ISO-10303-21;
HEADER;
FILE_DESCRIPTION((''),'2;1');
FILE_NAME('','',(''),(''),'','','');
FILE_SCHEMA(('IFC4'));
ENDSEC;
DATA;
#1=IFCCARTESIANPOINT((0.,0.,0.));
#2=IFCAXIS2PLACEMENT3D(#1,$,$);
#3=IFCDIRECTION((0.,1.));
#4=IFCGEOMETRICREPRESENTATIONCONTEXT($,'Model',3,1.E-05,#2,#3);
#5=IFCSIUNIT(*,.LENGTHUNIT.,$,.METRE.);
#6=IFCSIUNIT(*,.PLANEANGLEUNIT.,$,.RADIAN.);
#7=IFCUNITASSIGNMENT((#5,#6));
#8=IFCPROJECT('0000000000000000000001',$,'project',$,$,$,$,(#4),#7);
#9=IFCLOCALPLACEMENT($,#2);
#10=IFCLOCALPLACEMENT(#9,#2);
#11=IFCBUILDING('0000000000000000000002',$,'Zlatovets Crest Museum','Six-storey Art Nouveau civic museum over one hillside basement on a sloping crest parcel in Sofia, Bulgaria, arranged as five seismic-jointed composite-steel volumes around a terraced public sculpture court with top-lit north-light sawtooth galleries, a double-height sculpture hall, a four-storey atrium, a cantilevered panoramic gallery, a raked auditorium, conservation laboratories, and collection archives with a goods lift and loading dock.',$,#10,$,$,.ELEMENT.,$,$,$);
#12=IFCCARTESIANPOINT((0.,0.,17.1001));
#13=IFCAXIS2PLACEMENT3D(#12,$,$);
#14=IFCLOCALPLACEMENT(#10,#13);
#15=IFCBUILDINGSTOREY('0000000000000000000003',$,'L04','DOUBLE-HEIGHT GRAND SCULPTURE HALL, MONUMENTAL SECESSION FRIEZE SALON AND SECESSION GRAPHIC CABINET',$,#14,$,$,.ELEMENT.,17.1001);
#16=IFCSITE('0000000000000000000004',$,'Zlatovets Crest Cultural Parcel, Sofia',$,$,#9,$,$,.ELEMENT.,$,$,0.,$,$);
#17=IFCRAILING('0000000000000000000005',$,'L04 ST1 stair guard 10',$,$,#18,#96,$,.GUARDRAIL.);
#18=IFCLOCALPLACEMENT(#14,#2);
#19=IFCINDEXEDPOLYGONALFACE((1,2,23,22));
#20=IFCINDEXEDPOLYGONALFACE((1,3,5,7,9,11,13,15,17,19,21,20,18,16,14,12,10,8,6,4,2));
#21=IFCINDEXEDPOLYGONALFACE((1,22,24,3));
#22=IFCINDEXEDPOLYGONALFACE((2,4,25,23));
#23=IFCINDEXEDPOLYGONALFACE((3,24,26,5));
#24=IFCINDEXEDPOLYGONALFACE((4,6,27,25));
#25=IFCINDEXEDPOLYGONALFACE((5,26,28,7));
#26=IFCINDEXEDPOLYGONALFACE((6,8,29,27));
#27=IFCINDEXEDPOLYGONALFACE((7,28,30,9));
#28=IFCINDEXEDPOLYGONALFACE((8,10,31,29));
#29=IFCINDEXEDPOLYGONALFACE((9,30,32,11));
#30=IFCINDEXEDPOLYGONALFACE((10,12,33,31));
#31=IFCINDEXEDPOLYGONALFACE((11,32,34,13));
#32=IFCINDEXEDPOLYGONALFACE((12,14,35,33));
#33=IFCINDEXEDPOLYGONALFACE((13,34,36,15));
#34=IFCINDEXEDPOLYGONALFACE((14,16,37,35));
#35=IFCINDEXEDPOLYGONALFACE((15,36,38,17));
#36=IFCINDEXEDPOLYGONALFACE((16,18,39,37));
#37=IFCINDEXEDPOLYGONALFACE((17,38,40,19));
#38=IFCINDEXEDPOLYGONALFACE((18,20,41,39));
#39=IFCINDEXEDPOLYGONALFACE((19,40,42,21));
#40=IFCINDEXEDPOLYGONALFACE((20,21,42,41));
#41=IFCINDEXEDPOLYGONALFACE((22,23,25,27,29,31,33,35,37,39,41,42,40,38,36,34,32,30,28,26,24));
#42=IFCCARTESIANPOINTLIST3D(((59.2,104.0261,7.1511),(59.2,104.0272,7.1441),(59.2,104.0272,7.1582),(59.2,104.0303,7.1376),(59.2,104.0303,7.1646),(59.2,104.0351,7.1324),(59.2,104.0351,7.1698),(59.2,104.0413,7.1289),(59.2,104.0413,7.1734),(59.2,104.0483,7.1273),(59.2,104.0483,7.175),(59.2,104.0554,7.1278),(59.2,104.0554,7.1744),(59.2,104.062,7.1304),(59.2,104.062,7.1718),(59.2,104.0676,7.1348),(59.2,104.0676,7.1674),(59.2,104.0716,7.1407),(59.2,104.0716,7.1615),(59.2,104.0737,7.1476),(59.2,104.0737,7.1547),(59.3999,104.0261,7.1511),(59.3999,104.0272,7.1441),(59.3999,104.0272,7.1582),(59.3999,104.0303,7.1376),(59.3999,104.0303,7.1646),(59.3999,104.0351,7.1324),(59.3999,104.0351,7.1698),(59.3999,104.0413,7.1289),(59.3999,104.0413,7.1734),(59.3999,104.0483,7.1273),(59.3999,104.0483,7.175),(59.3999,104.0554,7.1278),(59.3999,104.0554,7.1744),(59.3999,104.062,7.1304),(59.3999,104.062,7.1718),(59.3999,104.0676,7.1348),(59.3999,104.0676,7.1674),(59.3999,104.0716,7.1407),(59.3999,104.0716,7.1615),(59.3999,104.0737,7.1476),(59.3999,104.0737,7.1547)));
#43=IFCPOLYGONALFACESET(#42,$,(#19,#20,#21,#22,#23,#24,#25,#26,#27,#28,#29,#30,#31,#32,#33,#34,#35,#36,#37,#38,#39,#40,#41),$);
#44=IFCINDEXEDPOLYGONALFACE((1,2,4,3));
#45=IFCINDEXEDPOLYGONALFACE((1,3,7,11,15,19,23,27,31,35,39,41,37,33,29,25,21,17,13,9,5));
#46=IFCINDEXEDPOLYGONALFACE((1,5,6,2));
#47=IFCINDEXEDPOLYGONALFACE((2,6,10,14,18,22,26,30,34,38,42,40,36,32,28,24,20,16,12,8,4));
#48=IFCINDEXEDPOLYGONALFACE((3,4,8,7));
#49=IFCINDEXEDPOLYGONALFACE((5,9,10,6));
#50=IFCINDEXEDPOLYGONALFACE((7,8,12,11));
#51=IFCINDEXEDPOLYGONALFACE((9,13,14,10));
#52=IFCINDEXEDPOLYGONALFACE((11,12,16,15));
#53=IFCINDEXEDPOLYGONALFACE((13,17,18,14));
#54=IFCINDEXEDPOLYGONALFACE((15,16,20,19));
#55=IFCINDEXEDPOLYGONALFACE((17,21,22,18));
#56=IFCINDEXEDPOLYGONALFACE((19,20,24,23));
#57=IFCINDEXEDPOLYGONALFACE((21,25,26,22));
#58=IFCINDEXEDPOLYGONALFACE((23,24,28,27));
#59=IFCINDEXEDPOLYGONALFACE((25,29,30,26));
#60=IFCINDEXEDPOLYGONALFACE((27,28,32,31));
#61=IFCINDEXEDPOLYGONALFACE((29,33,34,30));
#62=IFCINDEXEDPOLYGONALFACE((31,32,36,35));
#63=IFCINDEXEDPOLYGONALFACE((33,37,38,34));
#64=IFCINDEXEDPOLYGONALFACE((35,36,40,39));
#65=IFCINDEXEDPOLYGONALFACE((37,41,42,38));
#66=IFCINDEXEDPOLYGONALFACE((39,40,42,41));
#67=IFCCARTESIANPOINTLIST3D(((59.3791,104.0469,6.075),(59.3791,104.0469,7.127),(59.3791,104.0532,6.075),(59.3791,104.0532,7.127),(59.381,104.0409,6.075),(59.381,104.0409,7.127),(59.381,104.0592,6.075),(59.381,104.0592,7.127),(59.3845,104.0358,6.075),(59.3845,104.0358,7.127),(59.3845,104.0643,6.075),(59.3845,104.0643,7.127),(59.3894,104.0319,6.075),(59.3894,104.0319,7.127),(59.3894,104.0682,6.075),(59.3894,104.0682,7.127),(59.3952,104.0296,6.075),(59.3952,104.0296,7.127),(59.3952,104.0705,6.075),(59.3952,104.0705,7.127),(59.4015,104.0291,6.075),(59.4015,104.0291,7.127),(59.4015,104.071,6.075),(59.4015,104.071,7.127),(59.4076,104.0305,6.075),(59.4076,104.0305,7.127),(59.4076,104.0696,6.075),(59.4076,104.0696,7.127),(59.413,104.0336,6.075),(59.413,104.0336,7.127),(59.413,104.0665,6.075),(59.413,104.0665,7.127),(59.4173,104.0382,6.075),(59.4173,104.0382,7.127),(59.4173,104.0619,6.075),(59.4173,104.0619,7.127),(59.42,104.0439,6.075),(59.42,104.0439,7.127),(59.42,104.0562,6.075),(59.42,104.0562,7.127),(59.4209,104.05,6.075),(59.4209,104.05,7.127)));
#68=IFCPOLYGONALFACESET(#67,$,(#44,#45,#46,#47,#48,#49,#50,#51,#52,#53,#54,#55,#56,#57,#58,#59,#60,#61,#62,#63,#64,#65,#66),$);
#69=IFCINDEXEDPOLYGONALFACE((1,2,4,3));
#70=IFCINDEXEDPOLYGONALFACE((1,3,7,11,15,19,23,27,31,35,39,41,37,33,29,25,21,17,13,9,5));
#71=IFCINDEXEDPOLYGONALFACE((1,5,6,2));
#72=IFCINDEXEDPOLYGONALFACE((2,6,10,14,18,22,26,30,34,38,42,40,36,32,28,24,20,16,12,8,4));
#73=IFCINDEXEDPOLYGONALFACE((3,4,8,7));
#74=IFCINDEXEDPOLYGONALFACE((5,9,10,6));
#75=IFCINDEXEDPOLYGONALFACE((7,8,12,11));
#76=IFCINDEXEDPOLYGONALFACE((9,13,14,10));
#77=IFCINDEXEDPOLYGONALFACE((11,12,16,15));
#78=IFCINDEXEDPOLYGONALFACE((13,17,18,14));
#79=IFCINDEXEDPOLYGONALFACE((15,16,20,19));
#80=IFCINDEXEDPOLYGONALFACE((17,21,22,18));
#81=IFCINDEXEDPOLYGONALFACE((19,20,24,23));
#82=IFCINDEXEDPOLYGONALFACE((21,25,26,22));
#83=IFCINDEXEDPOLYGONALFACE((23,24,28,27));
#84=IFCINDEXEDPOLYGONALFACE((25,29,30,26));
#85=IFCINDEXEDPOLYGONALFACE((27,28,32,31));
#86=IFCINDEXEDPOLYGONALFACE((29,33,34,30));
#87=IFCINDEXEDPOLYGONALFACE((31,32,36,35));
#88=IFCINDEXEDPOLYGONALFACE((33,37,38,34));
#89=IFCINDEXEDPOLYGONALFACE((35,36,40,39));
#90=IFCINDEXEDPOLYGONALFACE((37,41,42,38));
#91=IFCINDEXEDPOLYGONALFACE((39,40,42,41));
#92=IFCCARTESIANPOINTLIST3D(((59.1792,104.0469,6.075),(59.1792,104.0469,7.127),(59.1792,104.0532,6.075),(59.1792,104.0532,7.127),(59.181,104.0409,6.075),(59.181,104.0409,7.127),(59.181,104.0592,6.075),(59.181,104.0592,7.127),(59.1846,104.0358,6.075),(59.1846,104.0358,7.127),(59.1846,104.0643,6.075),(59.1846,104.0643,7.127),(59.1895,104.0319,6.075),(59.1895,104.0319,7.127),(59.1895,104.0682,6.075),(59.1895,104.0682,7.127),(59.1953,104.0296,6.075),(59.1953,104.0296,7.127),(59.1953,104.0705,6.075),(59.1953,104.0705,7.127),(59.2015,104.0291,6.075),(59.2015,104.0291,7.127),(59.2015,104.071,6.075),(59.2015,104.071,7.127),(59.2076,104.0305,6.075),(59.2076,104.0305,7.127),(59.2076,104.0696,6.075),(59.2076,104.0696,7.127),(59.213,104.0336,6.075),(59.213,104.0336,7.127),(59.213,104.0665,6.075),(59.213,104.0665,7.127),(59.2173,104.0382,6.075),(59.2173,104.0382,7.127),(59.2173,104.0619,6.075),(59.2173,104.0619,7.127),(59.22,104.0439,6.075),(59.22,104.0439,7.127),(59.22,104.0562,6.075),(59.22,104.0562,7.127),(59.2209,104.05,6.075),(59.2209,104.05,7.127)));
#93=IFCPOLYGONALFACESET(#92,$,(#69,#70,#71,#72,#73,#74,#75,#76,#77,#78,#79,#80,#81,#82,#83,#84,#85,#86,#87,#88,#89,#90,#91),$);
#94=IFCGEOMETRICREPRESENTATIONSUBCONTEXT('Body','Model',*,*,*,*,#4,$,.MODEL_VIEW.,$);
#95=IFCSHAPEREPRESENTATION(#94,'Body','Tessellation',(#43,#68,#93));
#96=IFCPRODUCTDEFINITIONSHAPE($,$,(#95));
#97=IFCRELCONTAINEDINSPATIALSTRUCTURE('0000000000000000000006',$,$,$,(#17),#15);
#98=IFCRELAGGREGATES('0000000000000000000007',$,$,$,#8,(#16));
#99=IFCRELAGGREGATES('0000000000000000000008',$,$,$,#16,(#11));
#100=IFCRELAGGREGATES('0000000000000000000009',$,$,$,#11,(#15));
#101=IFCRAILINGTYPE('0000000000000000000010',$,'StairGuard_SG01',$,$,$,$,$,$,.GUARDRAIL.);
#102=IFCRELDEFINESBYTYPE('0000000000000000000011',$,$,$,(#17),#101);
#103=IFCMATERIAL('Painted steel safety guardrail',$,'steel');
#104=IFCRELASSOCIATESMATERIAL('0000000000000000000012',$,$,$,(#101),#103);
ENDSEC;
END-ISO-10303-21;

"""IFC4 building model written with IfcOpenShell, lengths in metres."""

from ifc_helpers import new_model, si_unit, direction, frame, origin, origin_2d, place, context, subcontext, project, spatial, circle, extrude, material, type_object, element, save


model = new_model("IFC4")

# Units and contexts
model_context = context("Model", 3, precision=1e-05, world=origin(), true_north=direction((0.0, 1.0)))
body_context = subcontext(model_context, "Body", "Model", "MODEL_VIEW")
ifc_project = project(units=[si_unit("LENGTHUNIT", "METRE"), si_unit("PLANEANGLEUNIT", "RADIAN")], contexts=[model_context])

# Site, building, storey
site_placement = place(None, origin())
site = spatial("IfcSite", under=ifc_project, at=site_placement, Name="Zlatovets Crest Cultural Parcel, Sofia", CompositionType="ELEMENT", RefElevation=0.0)
building_placement = place(site_placement, origin())
building = spatial("IfcBuilding", under=site, at=building_placement, Name="Zlatovets Crest Museum", Description="Six-storey Art Nouveau civic museum over one hillside basement on a sloping crest parcel in Sofia, Bulgaria, arranged as five seismic-jointed composite-steel volumes around a terraced public sculpture court with top-lit north-light sawtooth galleries, a double-height sculpture hall, a four-storey atrium, a cantilevered panoramic gallery, a raked auditorium, conservation laboratories, and collection archives with a goods lift and loading dock.", CompositionType="ELEMENT")
storey_placement = place(building_placement, frame((0.0, 0.0, 17.1001)))
storey = spatial("IfcBuildingStorey", under=building, at=storey_placement, Name="L04", Description="DOUBLE-HEIGHT GRAND SCULPTURE HALL, MONUMENTAL SECESSION FRIEZE SALON AND SECESSION GRAPHIC CABINET", CompositionType="ELEMENT", Elevation=17.1001)

# Railing
ifc_material_1 = material(Name="Painted steel safety guardrail", Category="steel")
railing_type_1 = type_object("IfcRailingType", Name="StairGuard_SG01", PredefinedType="GUARDRAIL", material=ifc_material_1)
railing_1_placement = place(storey_placement, frame((59.3999, 104.05, 6.075)))
element("IfcRailing", 1, at=railing_1_placement, inside=storey, type_object=railing_type_1, Name="L04 ST1 stair guard 10", PredefinedType="GUARDRAIL", context=body_context, shape_type="SweptSolid", body=[
    extrude(circle(Radius=0.0239, at=origin_2d()), frame((0.0, 0.0, 1.0762), z_axis=(-1.0, 0.0, 0.0), x_axis=(0.0, -1.0, 0.0)), (0.0, 0.0, 1.0), 0.2),
    extrude(circle(Radius=0.021, at=origin_2d()), origin(), (0.0, 0.0, 1.0), 1.052),
    extrude(circle(Radius=0.021, at=origin_2d()), frame((-0.2, 0.0, 0.0)), (0.0, 0.0, 1.0), 1.052),
])

save(model, "model.ifc")
